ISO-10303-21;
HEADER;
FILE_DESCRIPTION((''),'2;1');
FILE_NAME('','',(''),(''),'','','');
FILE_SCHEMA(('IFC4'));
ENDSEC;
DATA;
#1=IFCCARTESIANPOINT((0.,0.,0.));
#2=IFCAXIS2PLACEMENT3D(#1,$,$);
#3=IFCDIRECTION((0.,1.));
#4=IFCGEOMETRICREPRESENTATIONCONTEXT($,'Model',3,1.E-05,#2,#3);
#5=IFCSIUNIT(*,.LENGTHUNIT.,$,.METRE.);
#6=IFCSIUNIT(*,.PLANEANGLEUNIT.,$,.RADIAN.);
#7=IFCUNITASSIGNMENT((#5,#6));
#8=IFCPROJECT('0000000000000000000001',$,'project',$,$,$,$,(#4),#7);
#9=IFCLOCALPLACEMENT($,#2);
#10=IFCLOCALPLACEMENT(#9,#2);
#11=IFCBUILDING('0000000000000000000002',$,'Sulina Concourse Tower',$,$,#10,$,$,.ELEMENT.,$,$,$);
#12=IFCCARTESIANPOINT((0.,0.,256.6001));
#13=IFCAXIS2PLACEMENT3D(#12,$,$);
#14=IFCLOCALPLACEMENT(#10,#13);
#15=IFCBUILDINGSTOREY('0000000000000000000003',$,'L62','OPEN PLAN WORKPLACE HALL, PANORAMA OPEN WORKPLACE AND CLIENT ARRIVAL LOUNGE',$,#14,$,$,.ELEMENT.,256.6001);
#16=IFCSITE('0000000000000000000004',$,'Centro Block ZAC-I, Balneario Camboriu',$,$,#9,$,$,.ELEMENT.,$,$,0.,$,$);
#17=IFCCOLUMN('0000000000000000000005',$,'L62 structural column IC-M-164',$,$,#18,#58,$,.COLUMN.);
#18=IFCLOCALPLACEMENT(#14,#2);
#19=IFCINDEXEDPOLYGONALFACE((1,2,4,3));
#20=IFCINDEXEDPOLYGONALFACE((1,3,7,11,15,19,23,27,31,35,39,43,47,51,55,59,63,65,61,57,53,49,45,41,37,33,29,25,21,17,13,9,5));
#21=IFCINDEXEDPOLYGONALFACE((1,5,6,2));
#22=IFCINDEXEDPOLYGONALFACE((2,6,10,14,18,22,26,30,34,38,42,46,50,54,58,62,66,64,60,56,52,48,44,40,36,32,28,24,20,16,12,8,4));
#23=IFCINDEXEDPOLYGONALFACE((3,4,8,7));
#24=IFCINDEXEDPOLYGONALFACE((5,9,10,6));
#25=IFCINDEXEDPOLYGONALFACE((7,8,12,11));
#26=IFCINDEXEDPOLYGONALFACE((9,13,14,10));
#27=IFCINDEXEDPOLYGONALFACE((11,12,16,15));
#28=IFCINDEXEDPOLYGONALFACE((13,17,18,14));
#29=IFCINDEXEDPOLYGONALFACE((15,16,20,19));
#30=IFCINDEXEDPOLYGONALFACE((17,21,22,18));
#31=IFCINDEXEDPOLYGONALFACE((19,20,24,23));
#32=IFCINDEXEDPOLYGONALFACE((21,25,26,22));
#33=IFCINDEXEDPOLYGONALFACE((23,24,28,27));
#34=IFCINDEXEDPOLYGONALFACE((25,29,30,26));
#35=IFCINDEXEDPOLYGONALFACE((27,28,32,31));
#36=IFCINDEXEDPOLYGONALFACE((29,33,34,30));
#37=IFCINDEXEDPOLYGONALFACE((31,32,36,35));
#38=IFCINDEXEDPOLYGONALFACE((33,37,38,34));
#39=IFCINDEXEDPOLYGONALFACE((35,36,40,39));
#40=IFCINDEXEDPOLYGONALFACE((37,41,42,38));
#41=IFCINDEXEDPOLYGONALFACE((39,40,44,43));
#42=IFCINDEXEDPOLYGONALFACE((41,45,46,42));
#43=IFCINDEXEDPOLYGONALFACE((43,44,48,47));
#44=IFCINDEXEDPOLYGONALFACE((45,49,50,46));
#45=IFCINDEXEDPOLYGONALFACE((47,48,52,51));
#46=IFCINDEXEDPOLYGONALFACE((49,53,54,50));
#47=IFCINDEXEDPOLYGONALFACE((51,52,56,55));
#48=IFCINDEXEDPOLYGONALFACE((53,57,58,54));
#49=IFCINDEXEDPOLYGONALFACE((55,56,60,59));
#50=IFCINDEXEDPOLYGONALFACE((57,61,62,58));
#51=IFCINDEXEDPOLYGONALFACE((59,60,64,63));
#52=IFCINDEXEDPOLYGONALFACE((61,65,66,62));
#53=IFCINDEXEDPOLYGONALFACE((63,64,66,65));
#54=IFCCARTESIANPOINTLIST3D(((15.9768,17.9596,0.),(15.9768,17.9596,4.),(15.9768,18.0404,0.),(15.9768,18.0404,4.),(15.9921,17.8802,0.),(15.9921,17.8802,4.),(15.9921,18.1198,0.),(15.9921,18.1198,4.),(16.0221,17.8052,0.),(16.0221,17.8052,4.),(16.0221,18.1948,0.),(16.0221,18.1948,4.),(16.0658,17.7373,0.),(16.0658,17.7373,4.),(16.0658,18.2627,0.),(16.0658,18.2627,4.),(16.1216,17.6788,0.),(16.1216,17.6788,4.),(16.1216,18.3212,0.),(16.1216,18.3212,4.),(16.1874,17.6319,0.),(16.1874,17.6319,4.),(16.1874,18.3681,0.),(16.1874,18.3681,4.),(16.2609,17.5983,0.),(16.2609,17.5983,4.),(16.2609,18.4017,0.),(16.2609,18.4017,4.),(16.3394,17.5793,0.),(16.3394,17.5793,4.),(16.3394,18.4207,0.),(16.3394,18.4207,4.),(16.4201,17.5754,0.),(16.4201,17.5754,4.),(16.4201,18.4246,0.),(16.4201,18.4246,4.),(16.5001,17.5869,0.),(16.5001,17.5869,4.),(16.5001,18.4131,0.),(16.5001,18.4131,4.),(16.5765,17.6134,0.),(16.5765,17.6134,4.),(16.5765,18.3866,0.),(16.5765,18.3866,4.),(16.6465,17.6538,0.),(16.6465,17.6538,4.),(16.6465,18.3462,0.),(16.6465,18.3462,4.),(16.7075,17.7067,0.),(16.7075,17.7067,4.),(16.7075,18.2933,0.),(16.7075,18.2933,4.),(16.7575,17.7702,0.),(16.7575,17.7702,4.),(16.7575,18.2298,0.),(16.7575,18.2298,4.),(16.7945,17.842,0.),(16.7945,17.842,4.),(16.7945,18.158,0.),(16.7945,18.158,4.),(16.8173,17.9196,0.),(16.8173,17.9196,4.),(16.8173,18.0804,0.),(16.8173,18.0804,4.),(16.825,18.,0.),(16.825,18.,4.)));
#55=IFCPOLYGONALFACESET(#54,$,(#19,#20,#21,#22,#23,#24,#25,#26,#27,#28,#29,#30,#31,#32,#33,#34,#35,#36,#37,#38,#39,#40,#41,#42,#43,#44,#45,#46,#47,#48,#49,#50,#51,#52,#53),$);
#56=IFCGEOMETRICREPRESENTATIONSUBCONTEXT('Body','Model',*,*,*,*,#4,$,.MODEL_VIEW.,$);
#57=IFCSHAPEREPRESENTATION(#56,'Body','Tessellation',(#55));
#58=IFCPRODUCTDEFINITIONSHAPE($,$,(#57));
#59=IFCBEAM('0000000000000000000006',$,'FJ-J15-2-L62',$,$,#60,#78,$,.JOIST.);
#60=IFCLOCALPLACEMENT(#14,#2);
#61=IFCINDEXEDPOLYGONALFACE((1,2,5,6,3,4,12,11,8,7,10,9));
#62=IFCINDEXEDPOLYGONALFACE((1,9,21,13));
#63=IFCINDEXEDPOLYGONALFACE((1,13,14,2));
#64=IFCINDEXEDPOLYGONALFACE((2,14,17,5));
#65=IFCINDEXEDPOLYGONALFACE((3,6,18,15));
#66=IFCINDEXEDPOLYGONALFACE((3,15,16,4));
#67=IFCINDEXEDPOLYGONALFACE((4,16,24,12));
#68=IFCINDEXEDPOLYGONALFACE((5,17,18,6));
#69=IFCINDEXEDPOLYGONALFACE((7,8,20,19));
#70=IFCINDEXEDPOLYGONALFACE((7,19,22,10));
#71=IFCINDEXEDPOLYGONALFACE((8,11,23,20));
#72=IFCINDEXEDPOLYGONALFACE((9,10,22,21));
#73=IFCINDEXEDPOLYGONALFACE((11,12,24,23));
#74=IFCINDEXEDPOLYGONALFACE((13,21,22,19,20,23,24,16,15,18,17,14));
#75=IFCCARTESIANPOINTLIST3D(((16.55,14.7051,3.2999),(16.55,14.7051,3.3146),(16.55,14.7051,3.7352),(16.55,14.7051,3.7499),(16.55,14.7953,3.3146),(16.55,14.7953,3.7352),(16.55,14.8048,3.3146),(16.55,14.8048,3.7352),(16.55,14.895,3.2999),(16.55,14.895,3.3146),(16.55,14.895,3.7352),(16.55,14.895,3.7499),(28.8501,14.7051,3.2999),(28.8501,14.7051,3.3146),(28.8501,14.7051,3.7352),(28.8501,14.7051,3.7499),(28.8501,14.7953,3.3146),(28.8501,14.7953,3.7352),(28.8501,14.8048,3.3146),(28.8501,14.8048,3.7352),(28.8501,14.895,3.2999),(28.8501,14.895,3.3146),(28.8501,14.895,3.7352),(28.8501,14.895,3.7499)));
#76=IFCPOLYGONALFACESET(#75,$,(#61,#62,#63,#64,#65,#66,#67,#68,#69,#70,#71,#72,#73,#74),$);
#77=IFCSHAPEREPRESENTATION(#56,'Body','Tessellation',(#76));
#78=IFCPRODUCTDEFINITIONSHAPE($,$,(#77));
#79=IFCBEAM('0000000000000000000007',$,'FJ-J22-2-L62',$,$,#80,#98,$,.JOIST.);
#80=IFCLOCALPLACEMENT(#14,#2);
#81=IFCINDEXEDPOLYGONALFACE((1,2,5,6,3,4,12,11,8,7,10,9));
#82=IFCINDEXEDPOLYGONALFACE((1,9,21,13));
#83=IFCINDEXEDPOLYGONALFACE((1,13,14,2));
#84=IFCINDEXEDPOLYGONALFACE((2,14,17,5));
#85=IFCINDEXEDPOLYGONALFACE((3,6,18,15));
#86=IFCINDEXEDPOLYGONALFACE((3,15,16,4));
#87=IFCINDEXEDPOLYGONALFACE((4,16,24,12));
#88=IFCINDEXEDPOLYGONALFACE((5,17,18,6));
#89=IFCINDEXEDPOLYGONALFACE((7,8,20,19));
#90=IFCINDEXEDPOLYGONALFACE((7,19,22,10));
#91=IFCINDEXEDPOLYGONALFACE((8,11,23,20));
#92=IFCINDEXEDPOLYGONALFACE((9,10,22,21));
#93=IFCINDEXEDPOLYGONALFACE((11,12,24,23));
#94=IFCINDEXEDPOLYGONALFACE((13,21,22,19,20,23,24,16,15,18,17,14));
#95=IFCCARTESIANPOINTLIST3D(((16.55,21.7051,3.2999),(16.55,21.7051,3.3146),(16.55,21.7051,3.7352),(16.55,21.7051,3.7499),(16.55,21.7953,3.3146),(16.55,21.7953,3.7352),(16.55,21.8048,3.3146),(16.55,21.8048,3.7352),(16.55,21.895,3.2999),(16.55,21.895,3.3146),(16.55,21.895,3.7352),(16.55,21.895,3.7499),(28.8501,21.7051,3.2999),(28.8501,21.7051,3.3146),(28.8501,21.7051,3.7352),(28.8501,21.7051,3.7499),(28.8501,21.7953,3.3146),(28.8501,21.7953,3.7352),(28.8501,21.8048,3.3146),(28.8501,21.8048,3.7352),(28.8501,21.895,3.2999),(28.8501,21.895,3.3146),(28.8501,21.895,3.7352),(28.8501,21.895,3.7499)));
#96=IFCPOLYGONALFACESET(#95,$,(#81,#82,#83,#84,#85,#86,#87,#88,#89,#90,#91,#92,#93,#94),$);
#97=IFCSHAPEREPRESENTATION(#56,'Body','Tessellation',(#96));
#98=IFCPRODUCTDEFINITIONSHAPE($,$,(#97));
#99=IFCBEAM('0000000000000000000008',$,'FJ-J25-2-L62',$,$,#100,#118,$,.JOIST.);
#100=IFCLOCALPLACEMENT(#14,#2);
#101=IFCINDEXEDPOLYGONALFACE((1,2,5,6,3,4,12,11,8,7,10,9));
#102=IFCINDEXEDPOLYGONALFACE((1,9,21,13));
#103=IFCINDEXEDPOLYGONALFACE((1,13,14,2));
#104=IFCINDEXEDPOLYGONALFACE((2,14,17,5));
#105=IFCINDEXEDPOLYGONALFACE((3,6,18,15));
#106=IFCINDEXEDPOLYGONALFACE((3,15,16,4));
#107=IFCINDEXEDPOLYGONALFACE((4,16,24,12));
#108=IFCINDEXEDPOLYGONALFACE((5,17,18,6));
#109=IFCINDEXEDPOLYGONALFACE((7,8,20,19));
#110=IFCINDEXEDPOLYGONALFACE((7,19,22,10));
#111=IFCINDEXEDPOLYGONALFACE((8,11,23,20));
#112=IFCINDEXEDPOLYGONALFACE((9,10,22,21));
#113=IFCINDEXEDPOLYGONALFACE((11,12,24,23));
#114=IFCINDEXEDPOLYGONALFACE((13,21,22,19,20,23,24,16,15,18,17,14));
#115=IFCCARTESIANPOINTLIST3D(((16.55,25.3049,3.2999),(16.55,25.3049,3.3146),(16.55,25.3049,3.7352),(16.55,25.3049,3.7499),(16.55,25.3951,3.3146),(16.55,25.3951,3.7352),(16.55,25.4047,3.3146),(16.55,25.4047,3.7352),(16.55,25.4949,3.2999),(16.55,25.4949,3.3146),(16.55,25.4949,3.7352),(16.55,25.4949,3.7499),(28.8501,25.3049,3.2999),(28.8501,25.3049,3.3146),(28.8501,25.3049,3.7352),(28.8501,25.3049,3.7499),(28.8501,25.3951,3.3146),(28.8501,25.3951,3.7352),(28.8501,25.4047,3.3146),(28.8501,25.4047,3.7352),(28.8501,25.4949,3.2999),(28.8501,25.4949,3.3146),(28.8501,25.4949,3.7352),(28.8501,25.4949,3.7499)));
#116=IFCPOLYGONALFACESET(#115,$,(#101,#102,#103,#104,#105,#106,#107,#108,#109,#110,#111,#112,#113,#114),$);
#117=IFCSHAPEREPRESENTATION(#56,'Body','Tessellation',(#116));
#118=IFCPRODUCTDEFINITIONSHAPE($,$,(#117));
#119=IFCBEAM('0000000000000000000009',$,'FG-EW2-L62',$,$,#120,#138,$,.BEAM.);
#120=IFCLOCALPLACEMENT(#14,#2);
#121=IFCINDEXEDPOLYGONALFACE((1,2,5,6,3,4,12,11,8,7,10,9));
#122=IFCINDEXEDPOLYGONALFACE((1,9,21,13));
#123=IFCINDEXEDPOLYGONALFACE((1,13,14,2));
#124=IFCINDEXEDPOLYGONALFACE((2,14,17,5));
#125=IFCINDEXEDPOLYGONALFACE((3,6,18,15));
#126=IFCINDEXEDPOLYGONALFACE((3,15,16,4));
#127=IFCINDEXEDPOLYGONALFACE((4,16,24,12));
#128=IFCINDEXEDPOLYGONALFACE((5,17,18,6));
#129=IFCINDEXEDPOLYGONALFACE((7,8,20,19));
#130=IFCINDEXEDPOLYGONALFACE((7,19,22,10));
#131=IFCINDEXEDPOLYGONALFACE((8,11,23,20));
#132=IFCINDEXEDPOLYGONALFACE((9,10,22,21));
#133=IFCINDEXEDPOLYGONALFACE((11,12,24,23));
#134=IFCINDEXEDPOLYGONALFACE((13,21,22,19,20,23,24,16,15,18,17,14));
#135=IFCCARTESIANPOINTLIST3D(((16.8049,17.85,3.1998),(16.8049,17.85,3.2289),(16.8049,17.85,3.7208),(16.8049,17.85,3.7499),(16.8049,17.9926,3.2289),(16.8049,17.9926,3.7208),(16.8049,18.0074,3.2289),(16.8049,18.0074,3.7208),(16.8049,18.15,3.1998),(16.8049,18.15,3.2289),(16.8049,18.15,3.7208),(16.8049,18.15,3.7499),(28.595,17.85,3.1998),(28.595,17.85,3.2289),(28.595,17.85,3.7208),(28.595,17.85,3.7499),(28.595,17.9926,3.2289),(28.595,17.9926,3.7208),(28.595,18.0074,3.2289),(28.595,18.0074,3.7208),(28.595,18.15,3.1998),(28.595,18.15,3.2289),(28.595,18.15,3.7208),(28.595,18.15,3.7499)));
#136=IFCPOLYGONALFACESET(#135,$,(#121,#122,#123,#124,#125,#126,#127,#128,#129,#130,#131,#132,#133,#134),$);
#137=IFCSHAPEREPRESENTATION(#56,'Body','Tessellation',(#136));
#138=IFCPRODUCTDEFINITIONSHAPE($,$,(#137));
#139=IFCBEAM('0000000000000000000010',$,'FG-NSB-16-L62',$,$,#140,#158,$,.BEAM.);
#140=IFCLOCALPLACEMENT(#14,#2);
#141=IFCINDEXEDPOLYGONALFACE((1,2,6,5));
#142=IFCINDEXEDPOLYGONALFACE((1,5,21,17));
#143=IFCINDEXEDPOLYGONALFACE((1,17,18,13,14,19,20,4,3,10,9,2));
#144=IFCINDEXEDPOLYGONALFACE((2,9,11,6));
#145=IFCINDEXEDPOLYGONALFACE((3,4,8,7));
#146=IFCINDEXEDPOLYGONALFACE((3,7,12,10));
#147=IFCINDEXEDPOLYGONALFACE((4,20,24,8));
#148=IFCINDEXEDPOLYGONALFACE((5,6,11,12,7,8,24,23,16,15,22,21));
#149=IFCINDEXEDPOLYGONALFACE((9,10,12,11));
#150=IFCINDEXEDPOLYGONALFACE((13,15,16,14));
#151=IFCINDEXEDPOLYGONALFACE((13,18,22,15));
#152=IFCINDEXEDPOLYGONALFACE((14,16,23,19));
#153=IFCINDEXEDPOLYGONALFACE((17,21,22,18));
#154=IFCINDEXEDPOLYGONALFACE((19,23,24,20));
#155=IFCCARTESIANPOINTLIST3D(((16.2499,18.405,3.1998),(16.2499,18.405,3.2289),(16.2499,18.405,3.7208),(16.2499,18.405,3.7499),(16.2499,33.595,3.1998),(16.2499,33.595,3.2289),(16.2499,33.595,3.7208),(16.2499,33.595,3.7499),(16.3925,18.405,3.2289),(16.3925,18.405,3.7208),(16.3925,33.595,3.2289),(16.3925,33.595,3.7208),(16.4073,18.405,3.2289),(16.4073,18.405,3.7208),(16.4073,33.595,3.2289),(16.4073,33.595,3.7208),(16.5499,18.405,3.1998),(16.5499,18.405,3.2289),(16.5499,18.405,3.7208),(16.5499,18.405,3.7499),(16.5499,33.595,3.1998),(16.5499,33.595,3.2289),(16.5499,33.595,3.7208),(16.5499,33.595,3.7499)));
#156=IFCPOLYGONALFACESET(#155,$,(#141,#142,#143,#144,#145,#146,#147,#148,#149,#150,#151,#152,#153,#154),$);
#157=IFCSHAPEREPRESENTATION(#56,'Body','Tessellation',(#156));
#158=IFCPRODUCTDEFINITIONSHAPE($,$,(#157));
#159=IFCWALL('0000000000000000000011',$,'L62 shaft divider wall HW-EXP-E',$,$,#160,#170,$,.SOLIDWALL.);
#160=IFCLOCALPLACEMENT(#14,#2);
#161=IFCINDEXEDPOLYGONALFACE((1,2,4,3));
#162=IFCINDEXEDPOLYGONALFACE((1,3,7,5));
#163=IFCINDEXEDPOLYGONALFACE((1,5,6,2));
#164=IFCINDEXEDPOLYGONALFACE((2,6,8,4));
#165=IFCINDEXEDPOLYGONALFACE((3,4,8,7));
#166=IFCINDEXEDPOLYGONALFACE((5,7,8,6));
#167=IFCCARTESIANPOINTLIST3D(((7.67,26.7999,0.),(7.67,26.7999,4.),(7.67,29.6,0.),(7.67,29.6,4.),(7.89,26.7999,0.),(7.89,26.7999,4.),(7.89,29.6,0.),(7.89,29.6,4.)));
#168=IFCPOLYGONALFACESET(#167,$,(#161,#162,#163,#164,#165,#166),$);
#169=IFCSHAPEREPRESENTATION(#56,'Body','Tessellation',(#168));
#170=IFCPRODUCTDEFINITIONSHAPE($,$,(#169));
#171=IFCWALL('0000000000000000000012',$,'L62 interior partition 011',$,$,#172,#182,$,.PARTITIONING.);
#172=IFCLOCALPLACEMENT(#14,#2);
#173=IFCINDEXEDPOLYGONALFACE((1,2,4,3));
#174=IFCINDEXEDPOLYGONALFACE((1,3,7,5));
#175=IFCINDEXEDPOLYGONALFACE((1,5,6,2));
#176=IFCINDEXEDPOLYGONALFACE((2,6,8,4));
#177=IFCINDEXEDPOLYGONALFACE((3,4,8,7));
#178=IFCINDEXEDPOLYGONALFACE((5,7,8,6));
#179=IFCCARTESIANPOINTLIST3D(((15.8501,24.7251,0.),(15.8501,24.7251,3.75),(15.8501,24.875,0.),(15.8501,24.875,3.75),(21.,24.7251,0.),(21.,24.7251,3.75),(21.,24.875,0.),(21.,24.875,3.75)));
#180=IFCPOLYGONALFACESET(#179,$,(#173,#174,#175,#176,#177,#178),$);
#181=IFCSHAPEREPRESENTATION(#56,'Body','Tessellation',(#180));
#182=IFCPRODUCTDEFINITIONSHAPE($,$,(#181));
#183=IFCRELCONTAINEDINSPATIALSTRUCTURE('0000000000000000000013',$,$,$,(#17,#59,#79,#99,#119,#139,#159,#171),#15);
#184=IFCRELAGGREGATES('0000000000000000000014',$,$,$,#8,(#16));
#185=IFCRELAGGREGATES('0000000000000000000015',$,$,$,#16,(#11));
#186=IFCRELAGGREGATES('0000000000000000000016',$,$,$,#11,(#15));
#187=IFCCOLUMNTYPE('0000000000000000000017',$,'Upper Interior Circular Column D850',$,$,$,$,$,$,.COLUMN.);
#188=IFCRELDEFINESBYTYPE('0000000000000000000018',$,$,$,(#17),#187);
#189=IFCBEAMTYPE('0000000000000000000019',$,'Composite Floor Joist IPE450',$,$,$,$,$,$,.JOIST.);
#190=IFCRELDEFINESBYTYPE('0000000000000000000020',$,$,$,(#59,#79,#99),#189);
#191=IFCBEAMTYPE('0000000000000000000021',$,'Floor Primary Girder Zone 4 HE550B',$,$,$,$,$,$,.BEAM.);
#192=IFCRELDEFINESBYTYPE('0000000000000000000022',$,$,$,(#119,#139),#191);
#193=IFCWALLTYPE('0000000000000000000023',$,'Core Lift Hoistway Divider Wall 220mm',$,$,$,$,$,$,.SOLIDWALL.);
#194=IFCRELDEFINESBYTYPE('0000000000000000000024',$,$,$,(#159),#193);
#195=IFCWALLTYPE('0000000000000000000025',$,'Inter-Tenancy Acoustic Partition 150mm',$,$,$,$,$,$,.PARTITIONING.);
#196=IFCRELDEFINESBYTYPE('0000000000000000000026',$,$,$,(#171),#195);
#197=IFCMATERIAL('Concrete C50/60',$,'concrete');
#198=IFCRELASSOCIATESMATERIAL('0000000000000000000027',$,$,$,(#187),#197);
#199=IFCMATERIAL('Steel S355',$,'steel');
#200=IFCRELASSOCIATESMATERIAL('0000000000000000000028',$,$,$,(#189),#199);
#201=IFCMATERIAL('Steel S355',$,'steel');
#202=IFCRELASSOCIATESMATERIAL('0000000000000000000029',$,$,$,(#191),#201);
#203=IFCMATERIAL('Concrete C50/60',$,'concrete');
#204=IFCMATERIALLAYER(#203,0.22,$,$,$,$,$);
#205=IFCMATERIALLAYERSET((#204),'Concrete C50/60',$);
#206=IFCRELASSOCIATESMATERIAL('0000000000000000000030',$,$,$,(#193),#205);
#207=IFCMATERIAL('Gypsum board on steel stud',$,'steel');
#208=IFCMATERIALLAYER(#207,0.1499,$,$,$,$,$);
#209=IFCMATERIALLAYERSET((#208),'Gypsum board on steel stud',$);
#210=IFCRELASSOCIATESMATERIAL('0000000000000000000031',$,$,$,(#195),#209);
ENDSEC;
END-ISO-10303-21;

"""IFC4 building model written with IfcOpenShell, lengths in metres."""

from ifc_helpers import new_model, si_unit, direction, frame, frame_2d, origin, origin_2d, place, context, subcontext, project, spatial, rectangle, circle, i_section, extrude, material, layer, layer_set, material_profile, profile_set, type_object, element, save


model = new_model("IFC4")

# Units and contexts
model_context = context("Model", 3, precision=1e-05, world=origin(), true_north=direction((0.0, 1.0)))
body_context = subcontext(model_context, "Body", "Model", "MODEL_VIEW")
ifc_project = project(units=[si_unit("LENGTHUNIT", "METRE"), si_unit("PLANEANGLEUNIT", "RADIAN")], contexts=[model_context])

# Site, building, storey
site_placement = place(None, origin())
site = spatial("IfcSite", under=ifc_project, at=site_placement, Name="Centro Block ZAC-I, Balneario Camboriu", CompositionType="ELEMENT", RefElevation=0.0)
building_placement = place(site_placement, origin())
building = spatial("IfcBuilding", under=site, at=building_placement, Name="Sulina Concourse Tower", CompositionType="ELEMENT")
storey_placement = place(building_placement, frame((0.0, 0.0, 256.6001)))
storey = spatial("IfcBuildingStorey", under=building, at=storey_placement, Name="L62", Description="OPEN PLAN WORKPLACE HALL, PANORAMA OPEN WORKPLACE AND CLIENT ARRIVAL LOUNGE", CompositionType="ELEMENT", Elevation=256.6001)

# Column
ifc_material_1 = material(Name="Concrete C50/60", Category="concrete")
ifc_material_profile_1 = material_profile(ifc_material_1, circle(Radius=0.425, at=origin_2d()), Name="RC D850")
ifc_profile_set_1 = profile_set([ifc_material_profile_1], Name="Concrete C50/60")
column_type = type_object("IfcColumnType", Name="Upper Interior Circular Column D850", PredefinedType="COLUMN", material=ifc_profile_set_1)
column_placement = place(storey_placement, frame((16.3999, 18.0, 0.0), z_axis=(0.0, 0.0, 1.0), x_axis=(1.0, 0.0, 0.0)))
element("IfcColumn", 1, at=column_placement, inside=storey, type_object=column_type, Name="L62 structural column IC-M-164", PredefinedType="COLUMN", context=body_context, shape_type="SweptSolid", body=[
    extrude(circle(Radius=0.425, at=origin_2d()), origin(), (0.0, 0.0, 1.0), 4.0),
])

# Beams
ifc_material_2 = material(Name="Steel S355", Category="steel")
ifc_material_profile_2 = material_profile(ifc_material_2, i_section(OverallWidth=0.1899, OverallDepth=0.45, WebThickness=0.0095, FlangeThickness=0.0146, at=origin_2d()), Name="IPE 450")
ifc_profile_set_2 = profile_set([ifc_material_profile_2], Name="Steel S355")
beam_type_1 = type_object("IfcBeamType", Name="Composite Floor Joist IPE450", PredefinedType="JOIST", material=ifc_profile_set_2)
for number, where, z_axis, x_axis, name in (
    (2, (16.55, 14.8, 3.5249), (1.0, 0.0, 0.0), (0.0, 1.0, 0.0), "FJ-J15-2-L62"),
    (3, (16.55, 21.8, 3.5249), (1.0, 0.0, 0.0), (0.0, 1.0, 0.0), "FJ-J22-2-L62"),
    (4, (16.55, 25.3999, 3.5249), (1.0, 0.0, 0.0), (0.0, 1.0, 0.0), "FJ-J25-2-L62"),
):
    element("IfcBeam", number, at=place(storey_placement, frame(where, z_axis=z_axis, x_axis=x_axis)), inside=storey, type_object=beam_type_1, Name=name, PredefinedType="JOIST", context=body_context, shape_type="SweptSolid", body=[
        extrude(i_section(OverallWidth=0.1899, OverallDepth=0.45, WebThickness=0.0095, FlangeThickness=0.0146, at=origin_2d()), origin(), (0.0, 0.0, 1.0), 12.3),
    ])
ifc_material_3 = material(Name="Steel S355", Category="steel")
ifc_material_profile_3 = material_profile(ifc_material_3, i_section(OverallWidth=0.3, OverallDepth=0.55, WebThickness=0.0149, FlangeThickness=0.0291, at=origin_2d()), Name="HE 550 B")
ifc_profile_set_3 = profile_set([ifc_material_profile_3], Name="Steel S355")
beam_type_2 = type_object("IfcBeamType", Name="Floor Primary Girder Zone 4 HE550B", PredefinedType="BEAM", material=ifc_profile_set_3)
beam_1_placement = place(storey_placement, frame((16.8049, 18.0, 3.4749), z_axis=(1.0, 0.0, 0.0), x_axis=(0.0, 1.0, 0.0)))
element("IfcBeam", 5, at=beam_1_placement, inside=storey, type_object=beam_type_2, Name="FG-EW2-L62", PredefinedType="BEAM", context=body_context, shape_type="SweptSolid", body=[
    extrude(i_section(OverallWidth=0.3, OverallDepth=0.55, WebThickness=0.0149, FlangeThickness=0.0291, at=origin_2d()), origin(), (0.0, 0.0, 1.0), 11.79),
])
beam_2_placement = place(storey_placement, frame((16.3999, 18.405, 3.4749), z_axis=(0.0, 1.0, 0.0), x_axis=(-1.0, 0.0, 0.0)))
element("IfcBeam", 6, at=beam_2_placement, inside=storey, type_object=beam_type_2, Name="FG-NSB-16-L62", PredefinedType="BEAM", context=body_context, shape_type="SweptSolid", body=[
    extrude(i_section(OverallWidth=0.3, OverallDepth=0.55, WebThickness=0.0149, FlangeThickness=0.0291, at=origin_2d()), origin(), (0.0, 0.0, 1.0), 15.1899),
])

# Walls
ifc_material_4 = material(Name="Concrete C50/60", Category="concrete")
ifc_layer_1 = layer(ifc_material_4, 0.22)
ifc_layer_set_1 = layer_set([ifc_layer_1], Name="Concrete C50/60")
wall_type_1 = type_object("IfcWallType", Name="Core Lift Hoistway Divider Wall 220mm", PredefinedType="SOLIDWALL", material=ifc_layer_set_1)
wall_1_placement = place(storey_placement, frame((7.78, 26.8, 0.0), z_axis=(0.0, 0.0, 1.0), x_axis=(0.0, 1.0, 0.0)))
element("IfcWall", 7, at=wall_1_placement, inside=storey, type_object=wall_type_1, Name="L62 shaft divider wall HW-EXP-E", PredefinedType="SOLIDWALL", context=body_context, shape_type="SweptSolid", body=[
    extrude(rectangle(XDim=2.8, YDim=0.22, at=frame_2d((1.3999, 0.0))), origin(), (0.0, 0.0, 1.0), 4.0),
])
ifc_material_5 = material(Name="Gypsum board on steel stud", Category="steel")
ifc_layer_2 = layer(ifc_material_5, 0.1499)
ifc_layer_set_2 = layer_set([ifc_layer_2], Name="Gypsum board on steel stud")
wall_type_2 = type_object("IfcWallType", Name="Inter-Tenancy Acoustic Partition 150mm", PredefinedType="PARTITIONING", material=ifc_layer_set_2)
wall_2_placement = place(storey_placement, frame((15.8501, 24.8, 0.0), z_axis=(0.0, 0.0, 1.0), x_axis=(1.0, 0.0, 0.0)))
element("IfcWall", 8, at=wall_2_placement, inside=storey, type_object=wall_type_2, Name="L62 interior partition 011", PredefinedType="PARTITIONING", context=body_context, shape_type="SweptSolid", body=[
    extrude(rectangle(XDim=5.1499, YDim=0.1499, at=frame_2d((2.575, 0.0))), origin(), (0.0, 0.0, 1.0), 3.75),
])

save(model, "model.ifc")
